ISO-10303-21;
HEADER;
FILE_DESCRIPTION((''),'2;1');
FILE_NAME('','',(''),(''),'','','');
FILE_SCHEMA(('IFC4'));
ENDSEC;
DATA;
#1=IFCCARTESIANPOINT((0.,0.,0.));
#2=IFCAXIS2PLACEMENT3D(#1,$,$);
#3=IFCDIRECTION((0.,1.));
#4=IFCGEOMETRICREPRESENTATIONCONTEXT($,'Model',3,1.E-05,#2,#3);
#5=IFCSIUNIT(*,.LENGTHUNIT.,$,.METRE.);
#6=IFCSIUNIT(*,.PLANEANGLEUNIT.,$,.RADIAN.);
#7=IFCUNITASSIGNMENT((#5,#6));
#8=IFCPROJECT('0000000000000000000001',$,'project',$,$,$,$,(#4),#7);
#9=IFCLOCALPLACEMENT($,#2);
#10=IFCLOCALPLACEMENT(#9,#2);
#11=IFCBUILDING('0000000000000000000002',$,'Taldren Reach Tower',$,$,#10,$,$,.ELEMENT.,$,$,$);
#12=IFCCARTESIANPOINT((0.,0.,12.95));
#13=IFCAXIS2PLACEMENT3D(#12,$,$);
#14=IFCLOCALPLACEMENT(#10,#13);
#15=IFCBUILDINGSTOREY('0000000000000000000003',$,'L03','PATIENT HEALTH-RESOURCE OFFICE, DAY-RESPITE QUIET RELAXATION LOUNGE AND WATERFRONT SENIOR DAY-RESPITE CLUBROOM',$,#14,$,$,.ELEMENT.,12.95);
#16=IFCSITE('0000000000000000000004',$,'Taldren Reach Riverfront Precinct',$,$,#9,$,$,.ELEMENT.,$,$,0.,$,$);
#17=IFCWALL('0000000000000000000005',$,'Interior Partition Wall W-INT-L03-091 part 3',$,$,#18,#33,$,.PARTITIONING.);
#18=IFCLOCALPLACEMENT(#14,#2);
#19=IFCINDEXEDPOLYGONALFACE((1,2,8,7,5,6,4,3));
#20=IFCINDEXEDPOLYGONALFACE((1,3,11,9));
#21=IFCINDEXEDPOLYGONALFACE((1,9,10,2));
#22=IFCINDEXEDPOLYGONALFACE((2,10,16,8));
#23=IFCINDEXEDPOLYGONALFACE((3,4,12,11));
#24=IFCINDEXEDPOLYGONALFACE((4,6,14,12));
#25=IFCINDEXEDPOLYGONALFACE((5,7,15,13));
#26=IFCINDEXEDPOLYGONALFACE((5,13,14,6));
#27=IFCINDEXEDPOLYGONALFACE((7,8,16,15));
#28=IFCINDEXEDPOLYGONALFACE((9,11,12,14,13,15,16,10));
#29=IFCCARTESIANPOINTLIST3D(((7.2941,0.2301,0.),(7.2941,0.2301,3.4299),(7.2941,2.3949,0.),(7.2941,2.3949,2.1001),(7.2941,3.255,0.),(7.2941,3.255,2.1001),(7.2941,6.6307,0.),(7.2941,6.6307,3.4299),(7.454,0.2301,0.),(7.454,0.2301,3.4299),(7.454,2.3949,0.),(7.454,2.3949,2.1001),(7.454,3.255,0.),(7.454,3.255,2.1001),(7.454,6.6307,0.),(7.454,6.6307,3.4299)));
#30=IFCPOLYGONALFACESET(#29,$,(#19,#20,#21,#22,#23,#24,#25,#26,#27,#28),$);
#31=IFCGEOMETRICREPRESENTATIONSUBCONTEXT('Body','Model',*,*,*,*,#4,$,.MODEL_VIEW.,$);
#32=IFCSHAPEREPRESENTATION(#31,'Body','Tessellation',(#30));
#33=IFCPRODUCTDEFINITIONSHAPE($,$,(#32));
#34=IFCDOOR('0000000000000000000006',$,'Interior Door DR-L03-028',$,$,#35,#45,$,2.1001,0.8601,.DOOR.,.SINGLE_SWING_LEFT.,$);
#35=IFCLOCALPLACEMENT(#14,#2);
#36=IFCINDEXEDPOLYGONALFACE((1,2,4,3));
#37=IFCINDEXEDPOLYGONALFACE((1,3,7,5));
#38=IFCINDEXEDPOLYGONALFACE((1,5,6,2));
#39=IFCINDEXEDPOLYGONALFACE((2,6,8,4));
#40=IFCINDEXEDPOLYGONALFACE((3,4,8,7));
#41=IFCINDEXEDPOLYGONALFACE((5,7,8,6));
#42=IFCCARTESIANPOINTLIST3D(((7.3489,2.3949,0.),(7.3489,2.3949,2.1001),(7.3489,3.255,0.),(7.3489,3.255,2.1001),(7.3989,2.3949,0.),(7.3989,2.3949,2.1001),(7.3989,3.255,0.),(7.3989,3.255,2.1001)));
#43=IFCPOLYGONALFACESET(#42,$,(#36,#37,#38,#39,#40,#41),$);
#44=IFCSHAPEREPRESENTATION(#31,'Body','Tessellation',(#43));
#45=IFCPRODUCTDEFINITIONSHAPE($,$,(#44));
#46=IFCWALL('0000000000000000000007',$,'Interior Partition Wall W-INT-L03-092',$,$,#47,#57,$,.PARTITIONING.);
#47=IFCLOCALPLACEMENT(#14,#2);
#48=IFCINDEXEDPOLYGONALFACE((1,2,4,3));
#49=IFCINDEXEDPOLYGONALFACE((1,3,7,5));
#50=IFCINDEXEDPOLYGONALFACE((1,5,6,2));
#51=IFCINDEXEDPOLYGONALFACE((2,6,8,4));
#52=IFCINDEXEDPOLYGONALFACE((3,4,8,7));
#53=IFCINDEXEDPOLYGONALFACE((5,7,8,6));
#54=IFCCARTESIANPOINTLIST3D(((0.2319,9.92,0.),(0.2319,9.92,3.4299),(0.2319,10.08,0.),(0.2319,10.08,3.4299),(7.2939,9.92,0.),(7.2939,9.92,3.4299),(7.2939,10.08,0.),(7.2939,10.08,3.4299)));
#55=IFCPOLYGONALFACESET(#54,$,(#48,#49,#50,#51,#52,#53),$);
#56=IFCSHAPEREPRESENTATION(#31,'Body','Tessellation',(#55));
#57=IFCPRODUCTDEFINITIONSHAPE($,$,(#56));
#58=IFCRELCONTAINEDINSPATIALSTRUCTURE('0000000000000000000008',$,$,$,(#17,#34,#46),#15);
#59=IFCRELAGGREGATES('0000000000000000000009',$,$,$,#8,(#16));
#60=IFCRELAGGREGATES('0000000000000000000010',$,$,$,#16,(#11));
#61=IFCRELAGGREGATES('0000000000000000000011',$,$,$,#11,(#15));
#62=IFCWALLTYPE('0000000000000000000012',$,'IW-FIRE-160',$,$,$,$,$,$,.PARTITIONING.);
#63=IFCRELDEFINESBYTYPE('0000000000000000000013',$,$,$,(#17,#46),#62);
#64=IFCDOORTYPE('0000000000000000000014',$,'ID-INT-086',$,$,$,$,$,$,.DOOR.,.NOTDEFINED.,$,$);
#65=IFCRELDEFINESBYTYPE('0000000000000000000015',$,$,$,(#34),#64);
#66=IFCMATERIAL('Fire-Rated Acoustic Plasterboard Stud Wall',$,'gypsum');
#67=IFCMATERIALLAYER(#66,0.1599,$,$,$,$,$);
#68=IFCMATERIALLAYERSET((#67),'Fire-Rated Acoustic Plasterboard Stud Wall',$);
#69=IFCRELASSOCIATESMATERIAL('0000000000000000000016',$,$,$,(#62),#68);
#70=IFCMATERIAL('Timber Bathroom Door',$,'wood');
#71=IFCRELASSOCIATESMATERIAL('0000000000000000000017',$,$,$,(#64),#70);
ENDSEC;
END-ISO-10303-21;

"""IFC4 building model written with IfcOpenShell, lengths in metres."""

from ifc_helpers import new_model, si_unit, direction, frame, frame_2d, origin, place, context, subcontext, project, spatial, rectangle, extrude, source, transform, mapped, material, layer, layer_set, type_object, element, fill, save


model = new_model("IFC4")

# Units and contexts
model_context = context("Model", 3, precision=1e-05, world=origin(), true_north=direction((0.0, 1.0)))
body_context = subcontext(model_context, "Body", "Model", "MODEL_VIEW")
ifc_project = project(units=[si_unit("LENGTHUNIT", "METRE"), si_unit("PLANEANGLEUNIT", "RADIAN")], contexts=[model_context])

# Site, building, storey
site_placement = place(None, origin())
site = spatial("IfcSite", under=ifc_project, at=site_placement, Name="Taldren Reach Riverfront Precinct", CompositionType="ELEMENT", RefElevation=0.0)
building_placement = place(site_placement, origin())
building = spatial("IfcBuilding", under=site, at=building_placement, Name="Taldren Reach Tower", CompositionType="ELEMENT")
storey_placement = place(building_placement, frame((0.0, 0.0, 12.95)))
storey = spatial("IfcBuildingStorey", under=building, at=storey_placement, Name="L03", Description="PATIENT HEALTH-RESOURCE OFFICE, DAY-RESPITE QUIET RELAXATION LOUNGE AND WATERFRONT SENIOR DAY-RESPITE CLUBROOM", CompositionType="ELEMENT", Elevation=12.95)

# Shared definitions
ifc_material_1 = material(Name="Fire-Rated Acoustic Plasterboard Stud Wall", Category="gypsum")
ifc_layer_1 = layer(ifc_material_1, 0.1599)
ifc_layer_set_1 = layer_set([ifc_layer_1], Name="Fire-Rated Acoustic Plasterboard Stud Wall")
wall_type_1 = type_object("IfcWallType", Name="IW-FIRE-160", PredefinedType="PARTITIONING", material=ifc_layer_set_1)

# Wall, opening, door
shared_shape_1 = source(origin(), body_context, "Body", "SweptSolid", [
    extrude(rectangle(XDim=6.4006, YDim=0.1599, at=frame_2d((3.2002, 0.0))), origin(), (0.0, 0.0, 1.0), 3.4299),
])
wall_1_placement = place(storey_placement, frame((7.374, 6.6306, 0.0), z_axis=(0.0, 0.0, 1.0), x_axis=(0.0, -1.0, 0.0)))
wall_1 = element("IfcWall", 1, at=wall_1_placement, inside=storey, type_object=wall_type_1, Name="Interior Partition Wall W-INT-L03-091 part 3", PredefinedType="PARTITIONING", context=body_context, shape_type="MappedRepresentation", body=[
    mapped(shared_shape_1, transform((0.0, 0.0, 0.0), scale=1.0)),
])
shared_shape_2 = source(origin(), body_context, "Body", "SweptSolid", [
    extrude(rectangle(XDim=0.8601, YDim=2.1001, at=frame_2d((0.4302, 1.05))), frame((0.0, 0.0898, 0.0), z_axis=(0.0, -1.0, 0.0), x_axis=(1.0, 0.0, 0.0)), (0.0, 0.0, 1.0), 0.1799),
])
opening_1_placement = place(wall_1_placement, frame((3.3755, 0.0, 0.0)))
opening_1 = element("IfcOpeningElement", 2, at=opening_1_placement, cuts=wall_1, PredefinedType="OPENING", context=body_context, shape_type="MappedRepresentation", body=[
    mapped(shared_shape_2, transform((0.0, 0.0, 0.0), scale=1.0)),
])
ifc_material_2 = material(Name="Timber Bathroom Door", Category="wood")
door_type = type_object("IfcDoorType", Name="ID-INT-086", OperationType="NOTDEFINED", PredefinedType="DOOR", material=ifc_material_2)
shared_shape_3 = source(origin(), body_context, "Body", "SweptSolid", [
    extrude(rectangle(XDim=0.8601, YDim=2.1001, at=frame_2d((0.4302, 1.05))), frame((0.0, 0.0249, 0.0), z_axis=(0.0, -1.0, 0.0), x_axis=(1.0, 0.0, 0.0)), (0.0, 0.0, 1.0), 0.05),
])
door_placement = place(opening_1_placement, origin())
door = element("IfcDoor", 3, at=door_placement, inside=storey, type_object=door_type, Name="Interior Door DR-L03-028", OperationType="SINGLE_SWING_LEFT", OverallHeight=2.1001, OverallWidth=0.8601, PredefinedType="DOOR", context=body_context, shape_type="MappedRepresentation", body=[
    mapped(shared_shape_3, transform((0.0, 0.0, 0.0), scale=1.0)),
])
fill(opening_1, door)

# Wall
shared_shape_4 = source(origin(), body_context, "Body", "SweptSolid", [
    extrude(rectangle(XDim=7.062, YDim=0.1599, at=frame_2d((3.531, 0.0))), origin(), (0.0, 0.0, 1.0), 3.4299),
])
wall_2_placement = place(storey_placement, frame((0.2319, 10.0, 0.0), z_axis=(0.0, 0.0, 1.0), x_axis=(1.0, 0.0, 0.0)))
element("IfcWall", 4, at=wall_2_placement, inside=storey, type_object=wall_type_1, Name="Interior Partition Wall W-INT-L03-092", PredefinedType="PARTITIONING", context=body_context, shape_type="MappedRepresentation", body=[
    mapped(shared_shape_4, transform((0.0, 0.0, 0.0), scale=1.0)),
])

save(model, "model.ifc")
